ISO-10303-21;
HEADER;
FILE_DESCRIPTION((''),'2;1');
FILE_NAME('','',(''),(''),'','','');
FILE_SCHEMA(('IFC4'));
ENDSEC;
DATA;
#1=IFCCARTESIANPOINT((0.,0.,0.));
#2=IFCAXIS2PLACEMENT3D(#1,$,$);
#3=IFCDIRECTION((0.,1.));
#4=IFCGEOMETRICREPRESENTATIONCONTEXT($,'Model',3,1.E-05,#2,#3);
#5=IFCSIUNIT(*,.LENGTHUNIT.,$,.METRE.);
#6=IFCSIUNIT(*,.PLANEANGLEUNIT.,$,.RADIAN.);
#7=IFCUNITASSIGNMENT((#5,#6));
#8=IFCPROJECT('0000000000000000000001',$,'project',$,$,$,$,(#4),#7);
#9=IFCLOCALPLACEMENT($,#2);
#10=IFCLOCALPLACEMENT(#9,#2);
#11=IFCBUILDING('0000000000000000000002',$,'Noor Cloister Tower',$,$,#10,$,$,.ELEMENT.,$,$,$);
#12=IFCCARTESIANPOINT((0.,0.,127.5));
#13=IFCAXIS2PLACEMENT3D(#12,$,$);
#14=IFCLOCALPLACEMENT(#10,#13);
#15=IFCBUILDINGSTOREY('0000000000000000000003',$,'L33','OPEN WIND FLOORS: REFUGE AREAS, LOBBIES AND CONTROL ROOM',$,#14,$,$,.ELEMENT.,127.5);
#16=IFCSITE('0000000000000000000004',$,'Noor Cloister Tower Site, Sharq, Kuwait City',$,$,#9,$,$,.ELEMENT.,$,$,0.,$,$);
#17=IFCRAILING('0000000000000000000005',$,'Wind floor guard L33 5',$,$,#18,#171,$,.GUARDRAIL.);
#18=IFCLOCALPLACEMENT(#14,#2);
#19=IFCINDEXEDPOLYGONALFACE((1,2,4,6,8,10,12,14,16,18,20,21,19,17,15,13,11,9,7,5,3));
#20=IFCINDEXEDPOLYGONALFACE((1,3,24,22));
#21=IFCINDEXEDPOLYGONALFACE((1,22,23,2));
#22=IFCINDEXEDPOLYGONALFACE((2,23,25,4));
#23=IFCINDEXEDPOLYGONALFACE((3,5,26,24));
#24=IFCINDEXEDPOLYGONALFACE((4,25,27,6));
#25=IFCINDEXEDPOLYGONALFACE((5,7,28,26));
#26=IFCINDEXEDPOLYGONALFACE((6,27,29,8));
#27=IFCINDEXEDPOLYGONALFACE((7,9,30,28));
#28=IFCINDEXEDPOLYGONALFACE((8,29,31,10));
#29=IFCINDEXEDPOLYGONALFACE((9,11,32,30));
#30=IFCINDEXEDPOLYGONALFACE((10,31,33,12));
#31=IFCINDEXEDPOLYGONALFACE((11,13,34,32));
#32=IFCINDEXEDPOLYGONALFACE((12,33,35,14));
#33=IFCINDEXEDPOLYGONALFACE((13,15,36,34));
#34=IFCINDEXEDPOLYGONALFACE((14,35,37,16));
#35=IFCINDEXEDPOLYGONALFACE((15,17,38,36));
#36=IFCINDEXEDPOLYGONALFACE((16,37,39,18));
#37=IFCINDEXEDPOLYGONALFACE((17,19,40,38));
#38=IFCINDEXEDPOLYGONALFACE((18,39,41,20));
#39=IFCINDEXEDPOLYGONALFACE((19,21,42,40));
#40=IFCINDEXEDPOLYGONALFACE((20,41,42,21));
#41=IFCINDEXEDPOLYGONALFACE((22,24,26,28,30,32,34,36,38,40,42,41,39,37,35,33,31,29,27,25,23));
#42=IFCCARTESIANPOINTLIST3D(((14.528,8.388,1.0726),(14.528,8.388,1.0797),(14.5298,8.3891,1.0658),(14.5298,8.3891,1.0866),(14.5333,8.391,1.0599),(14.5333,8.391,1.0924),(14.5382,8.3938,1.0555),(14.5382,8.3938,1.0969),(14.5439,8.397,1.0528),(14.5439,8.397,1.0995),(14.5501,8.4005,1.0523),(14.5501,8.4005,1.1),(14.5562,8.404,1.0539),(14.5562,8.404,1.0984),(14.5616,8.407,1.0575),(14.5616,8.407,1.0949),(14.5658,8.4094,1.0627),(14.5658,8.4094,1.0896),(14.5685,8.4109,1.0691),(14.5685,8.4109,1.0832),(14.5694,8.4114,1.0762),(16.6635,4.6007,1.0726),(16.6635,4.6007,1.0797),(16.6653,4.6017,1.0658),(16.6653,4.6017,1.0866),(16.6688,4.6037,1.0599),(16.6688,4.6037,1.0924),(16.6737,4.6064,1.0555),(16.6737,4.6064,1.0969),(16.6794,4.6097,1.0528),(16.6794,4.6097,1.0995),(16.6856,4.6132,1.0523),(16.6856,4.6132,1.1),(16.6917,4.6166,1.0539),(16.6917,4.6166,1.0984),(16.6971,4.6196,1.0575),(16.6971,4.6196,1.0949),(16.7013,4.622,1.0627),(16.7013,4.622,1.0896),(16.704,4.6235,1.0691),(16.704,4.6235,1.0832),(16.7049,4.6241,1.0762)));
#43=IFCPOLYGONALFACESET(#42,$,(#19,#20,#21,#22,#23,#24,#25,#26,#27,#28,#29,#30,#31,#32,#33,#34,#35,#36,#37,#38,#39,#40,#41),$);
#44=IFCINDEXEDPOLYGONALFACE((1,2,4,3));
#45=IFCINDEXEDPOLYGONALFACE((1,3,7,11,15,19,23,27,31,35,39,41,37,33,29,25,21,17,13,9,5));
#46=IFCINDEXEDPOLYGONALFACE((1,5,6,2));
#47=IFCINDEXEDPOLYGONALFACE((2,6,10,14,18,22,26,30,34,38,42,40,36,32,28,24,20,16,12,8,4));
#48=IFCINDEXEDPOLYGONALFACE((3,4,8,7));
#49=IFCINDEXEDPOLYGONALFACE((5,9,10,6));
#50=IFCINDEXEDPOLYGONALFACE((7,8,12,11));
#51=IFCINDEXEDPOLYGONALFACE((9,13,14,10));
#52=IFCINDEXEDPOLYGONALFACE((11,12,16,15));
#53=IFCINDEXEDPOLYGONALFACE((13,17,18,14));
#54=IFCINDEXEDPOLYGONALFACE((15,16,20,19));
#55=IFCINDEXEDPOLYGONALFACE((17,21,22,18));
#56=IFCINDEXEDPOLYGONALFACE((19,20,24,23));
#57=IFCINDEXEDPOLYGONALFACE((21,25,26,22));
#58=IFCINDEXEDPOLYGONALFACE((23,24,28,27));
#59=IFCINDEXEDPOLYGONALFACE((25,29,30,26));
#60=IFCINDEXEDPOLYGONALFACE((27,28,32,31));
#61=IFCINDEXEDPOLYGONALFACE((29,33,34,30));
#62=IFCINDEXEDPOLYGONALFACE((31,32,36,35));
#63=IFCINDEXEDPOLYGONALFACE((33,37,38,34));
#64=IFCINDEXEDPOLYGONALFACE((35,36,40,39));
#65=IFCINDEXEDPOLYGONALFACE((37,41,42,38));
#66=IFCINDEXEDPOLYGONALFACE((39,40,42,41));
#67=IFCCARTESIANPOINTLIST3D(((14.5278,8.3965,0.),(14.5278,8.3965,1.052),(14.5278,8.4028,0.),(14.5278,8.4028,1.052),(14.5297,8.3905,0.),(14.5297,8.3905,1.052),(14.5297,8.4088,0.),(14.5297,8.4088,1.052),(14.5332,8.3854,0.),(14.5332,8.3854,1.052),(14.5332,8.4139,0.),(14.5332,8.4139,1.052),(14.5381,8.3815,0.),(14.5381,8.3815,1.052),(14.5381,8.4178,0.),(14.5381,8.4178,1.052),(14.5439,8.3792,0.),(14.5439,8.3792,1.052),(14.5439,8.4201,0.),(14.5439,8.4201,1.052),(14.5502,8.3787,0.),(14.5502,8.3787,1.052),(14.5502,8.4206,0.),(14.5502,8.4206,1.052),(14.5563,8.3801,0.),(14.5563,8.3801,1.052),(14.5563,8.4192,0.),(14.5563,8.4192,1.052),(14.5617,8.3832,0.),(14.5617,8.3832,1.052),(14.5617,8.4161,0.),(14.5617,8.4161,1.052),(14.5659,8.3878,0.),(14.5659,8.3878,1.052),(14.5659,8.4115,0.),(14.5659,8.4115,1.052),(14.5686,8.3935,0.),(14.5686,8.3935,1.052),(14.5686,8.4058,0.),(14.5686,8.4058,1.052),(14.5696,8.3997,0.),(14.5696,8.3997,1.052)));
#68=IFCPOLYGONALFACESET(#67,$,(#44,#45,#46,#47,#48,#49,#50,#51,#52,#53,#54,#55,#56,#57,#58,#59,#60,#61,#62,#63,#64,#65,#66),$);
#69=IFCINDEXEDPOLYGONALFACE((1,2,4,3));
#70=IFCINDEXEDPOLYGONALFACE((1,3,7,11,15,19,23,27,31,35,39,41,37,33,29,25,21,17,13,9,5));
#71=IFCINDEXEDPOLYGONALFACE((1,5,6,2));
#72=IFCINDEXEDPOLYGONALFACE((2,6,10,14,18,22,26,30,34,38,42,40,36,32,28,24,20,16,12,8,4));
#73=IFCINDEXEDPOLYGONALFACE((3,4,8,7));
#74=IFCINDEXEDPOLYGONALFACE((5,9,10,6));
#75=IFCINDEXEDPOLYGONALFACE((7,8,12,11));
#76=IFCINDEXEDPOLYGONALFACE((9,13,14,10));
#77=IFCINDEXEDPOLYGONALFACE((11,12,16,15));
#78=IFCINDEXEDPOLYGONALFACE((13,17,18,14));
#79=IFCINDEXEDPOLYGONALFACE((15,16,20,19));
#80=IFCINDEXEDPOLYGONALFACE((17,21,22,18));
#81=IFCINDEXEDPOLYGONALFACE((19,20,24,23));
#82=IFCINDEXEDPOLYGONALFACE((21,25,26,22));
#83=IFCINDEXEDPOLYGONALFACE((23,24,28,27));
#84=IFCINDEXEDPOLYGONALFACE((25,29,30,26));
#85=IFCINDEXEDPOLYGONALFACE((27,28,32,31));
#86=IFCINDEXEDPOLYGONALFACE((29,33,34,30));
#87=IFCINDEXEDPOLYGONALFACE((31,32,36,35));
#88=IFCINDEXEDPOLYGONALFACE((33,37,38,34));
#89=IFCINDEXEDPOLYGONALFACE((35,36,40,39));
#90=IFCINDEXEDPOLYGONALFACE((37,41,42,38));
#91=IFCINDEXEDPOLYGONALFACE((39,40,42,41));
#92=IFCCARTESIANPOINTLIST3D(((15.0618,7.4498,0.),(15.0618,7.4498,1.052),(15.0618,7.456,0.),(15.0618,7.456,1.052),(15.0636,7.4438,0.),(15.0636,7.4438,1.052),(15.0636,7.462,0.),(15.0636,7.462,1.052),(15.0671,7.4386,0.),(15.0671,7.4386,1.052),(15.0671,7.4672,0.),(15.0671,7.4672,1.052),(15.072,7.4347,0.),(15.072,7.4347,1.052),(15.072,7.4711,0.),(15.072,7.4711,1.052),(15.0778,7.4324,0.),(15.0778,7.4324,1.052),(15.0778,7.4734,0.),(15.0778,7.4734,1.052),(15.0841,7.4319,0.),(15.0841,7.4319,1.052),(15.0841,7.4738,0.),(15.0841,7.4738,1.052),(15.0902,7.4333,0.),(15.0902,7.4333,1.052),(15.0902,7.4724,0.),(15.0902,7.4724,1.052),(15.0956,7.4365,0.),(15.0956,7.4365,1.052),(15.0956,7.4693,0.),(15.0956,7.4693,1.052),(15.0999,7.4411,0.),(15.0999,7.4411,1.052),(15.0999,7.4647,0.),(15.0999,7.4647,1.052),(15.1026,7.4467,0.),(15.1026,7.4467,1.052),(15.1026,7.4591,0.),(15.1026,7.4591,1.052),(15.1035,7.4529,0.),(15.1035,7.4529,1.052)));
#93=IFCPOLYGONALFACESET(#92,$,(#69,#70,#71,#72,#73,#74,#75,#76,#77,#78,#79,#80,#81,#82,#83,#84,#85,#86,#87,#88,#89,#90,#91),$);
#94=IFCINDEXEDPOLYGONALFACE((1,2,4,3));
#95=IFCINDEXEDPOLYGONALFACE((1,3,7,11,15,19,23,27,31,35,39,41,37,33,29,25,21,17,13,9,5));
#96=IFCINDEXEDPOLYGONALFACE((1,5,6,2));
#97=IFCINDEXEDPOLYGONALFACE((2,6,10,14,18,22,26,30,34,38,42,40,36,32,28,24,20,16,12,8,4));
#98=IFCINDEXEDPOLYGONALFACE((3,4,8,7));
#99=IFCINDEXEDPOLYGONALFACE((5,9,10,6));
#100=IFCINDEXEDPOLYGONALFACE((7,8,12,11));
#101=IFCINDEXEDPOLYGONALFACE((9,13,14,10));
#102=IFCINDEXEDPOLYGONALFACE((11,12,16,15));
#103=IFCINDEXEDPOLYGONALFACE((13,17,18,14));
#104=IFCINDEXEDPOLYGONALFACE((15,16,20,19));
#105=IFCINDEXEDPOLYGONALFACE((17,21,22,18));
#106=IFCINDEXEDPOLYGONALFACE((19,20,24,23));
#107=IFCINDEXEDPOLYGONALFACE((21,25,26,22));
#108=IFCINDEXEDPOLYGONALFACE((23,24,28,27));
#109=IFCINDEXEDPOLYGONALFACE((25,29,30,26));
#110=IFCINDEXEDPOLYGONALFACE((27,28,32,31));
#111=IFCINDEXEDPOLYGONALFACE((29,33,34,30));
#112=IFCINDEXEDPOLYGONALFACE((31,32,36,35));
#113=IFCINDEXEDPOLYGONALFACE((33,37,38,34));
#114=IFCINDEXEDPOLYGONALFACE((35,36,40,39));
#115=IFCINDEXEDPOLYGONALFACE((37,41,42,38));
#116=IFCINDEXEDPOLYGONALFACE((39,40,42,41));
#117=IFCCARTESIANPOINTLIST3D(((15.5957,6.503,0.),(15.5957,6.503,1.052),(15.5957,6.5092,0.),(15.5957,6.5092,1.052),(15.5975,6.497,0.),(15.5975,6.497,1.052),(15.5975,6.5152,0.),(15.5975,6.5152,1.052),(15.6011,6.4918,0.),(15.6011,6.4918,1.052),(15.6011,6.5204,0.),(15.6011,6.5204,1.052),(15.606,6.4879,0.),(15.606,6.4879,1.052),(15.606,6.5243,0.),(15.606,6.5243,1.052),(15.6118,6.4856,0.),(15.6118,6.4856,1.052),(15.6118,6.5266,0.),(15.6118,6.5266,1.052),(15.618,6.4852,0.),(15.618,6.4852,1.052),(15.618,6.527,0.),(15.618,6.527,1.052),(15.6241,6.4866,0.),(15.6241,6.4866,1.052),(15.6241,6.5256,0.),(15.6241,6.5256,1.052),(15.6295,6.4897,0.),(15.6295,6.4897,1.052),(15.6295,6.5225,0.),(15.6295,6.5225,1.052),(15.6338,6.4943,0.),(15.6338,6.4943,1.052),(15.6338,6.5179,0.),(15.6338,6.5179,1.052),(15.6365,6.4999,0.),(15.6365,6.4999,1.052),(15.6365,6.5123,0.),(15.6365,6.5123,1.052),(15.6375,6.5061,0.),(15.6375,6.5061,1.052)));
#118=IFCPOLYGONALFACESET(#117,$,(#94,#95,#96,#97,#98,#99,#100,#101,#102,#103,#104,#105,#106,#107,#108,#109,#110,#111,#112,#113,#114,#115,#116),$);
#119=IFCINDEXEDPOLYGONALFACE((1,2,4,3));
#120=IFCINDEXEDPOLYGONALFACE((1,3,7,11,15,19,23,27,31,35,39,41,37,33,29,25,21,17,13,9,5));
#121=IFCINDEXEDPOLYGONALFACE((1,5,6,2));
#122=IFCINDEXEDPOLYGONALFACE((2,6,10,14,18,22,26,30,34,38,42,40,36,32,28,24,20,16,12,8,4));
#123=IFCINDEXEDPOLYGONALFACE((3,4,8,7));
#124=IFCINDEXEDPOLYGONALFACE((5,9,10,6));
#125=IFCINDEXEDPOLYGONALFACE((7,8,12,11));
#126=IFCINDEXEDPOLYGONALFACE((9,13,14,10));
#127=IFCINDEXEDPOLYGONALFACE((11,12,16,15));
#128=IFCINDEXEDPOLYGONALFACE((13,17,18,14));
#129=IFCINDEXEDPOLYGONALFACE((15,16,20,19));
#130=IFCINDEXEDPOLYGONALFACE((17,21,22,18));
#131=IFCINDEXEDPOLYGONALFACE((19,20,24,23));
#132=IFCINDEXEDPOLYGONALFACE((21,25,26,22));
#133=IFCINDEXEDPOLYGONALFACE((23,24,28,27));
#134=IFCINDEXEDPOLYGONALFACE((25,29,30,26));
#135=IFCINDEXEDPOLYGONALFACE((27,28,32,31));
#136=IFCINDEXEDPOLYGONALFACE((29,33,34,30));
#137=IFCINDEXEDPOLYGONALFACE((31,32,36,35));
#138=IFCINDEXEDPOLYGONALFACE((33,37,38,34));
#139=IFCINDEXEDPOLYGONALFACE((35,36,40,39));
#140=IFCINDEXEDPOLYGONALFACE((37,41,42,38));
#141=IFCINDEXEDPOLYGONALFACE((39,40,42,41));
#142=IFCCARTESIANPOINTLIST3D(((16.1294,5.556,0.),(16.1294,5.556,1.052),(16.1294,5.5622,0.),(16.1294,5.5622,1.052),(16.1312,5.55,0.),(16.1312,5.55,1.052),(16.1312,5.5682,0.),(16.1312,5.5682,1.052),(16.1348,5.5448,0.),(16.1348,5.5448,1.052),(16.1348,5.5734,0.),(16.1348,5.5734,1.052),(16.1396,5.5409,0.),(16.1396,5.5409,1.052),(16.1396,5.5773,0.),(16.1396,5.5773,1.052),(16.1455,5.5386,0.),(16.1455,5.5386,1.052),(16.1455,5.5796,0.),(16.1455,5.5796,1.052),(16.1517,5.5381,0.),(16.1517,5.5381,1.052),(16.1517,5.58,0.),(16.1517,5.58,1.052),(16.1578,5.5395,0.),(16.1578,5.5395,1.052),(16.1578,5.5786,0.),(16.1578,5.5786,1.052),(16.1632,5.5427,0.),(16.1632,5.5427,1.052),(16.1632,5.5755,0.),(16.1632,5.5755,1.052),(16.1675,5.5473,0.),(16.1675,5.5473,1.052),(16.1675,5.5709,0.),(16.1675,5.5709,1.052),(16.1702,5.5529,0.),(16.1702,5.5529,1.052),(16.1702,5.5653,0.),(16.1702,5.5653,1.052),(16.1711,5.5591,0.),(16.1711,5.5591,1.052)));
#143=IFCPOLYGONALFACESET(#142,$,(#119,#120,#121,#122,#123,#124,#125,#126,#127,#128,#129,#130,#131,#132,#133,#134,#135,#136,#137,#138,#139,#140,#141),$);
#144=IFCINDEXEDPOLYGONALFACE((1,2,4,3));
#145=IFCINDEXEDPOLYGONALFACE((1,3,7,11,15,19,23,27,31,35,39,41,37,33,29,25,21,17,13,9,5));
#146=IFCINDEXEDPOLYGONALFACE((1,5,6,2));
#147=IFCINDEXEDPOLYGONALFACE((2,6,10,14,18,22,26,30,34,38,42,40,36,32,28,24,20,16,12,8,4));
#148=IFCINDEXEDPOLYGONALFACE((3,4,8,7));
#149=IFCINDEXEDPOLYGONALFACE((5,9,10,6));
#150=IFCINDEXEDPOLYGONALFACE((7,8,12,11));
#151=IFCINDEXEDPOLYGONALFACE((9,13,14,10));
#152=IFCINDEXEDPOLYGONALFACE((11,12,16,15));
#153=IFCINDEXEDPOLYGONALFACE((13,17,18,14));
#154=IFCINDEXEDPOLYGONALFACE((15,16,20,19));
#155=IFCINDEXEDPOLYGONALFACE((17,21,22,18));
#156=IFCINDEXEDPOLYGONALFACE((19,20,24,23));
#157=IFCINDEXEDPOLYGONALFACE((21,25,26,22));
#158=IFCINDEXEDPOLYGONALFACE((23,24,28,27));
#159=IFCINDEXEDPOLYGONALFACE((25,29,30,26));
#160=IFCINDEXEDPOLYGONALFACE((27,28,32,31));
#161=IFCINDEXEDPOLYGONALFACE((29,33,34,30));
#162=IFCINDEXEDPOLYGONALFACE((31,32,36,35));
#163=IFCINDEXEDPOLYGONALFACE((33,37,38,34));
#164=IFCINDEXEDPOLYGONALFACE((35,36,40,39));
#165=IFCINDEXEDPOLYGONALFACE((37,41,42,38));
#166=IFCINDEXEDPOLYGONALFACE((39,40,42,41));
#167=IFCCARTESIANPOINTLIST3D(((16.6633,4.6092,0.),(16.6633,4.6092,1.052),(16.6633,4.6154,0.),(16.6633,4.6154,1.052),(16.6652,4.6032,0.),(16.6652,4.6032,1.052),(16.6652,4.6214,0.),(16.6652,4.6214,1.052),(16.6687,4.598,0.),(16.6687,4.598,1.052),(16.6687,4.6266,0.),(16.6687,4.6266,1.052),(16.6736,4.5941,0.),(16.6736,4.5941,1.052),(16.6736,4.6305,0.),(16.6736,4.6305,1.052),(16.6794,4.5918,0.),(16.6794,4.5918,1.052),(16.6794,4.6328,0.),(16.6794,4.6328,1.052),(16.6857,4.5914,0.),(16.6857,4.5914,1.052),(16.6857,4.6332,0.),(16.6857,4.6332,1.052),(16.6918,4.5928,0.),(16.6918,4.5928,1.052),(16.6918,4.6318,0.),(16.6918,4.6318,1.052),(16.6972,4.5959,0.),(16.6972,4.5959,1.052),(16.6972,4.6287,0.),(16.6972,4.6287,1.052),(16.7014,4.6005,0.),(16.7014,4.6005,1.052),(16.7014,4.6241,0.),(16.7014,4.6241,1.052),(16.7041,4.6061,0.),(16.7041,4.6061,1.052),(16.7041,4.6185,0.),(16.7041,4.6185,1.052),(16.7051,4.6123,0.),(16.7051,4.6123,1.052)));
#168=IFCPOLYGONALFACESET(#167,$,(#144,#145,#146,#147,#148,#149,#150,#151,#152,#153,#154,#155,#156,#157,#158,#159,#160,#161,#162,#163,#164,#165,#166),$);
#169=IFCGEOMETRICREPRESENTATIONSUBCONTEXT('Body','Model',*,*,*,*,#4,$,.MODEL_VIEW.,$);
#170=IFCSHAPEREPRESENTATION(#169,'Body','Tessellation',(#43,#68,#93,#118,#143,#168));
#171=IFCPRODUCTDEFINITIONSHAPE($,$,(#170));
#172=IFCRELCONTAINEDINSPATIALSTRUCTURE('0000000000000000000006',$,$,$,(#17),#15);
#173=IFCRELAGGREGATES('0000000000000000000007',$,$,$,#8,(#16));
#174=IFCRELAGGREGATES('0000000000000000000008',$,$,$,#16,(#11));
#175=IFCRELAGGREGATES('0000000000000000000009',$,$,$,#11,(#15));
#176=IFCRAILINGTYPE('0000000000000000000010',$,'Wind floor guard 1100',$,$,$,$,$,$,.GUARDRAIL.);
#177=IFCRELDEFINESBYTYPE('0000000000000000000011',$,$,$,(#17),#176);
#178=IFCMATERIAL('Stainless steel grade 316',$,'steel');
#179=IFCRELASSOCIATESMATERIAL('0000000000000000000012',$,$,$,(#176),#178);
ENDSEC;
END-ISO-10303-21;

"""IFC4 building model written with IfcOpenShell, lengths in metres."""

from ifc_helpers import new_model, si_unit, direction, frame, origin, origin_2d, place, context, subcontext, project, spatial, circle, extrude, material, type_object, element, save


model = new_model("IFC4")

# Units and contexts
model_context = context("Model", 3, precision=1e-05, world=origin(), true_north=direction((0.0, 1.0)))
body_context = subcontext(model_context, "Body", "Model", "MODEL_VIEW")
ifc_project = project(units=[si_unit("LENGTHUNIT", "METRE"), si_unit("PLANEANGLEUNIT", "RADIAN")], contexts=[model_context])

# Site, building, storey
site_placement = place(None, origin())
site = spatial("IfcSite", under=ifc_project, at=site_placement, Name="Noor Cloister Tower Site, Sharq, Kuwait City", CompositionType="ELEMENT", RefElevation=0.0)
building_placement = place(site_placement, origin())
building = spatial("IfcBuilding", under=site, at=building_placement, Name="Noor Cloister Tower", CompositionType="ELEMENT")
storey_placement = place(building_placement, frame((0.0, 0.0, 127.5)))
storey = spatial("IfcBuildingStorey", under=building, at=storey_placement, Name="L33", Description="OPEN WIND FLOORS: REFUGE AREAS, LOBBIES AND CONTROL ROOM", CompositionType="ELEMENT", Elevation=127.5)

# Railing
ifc_material_1 = material(Name="Stainless steel grade 316", Category="steel")
railing_type = type_object("IfcRailingType", Name="Wind floor guard 1100", PredefinedType="GUARDRAIL", material=ifc_material_1)
railing_1_placement = place(storey_placement, frame((14.5486, 8.3997, 0.0)))
element("IfcRailing", 1, at=railing_1_placement, inside=storey, type_object=railing_type, Name="Wind floor guard L33 5", PredefinedType="GUARDRAIL", context=body_context, shape_type="SweptSolid", body=[
    extrude(circle(Radius=0.0239, at=origin_2d()), frame((0.0, 0.0, 1.0762), z_axis=(0.491154, -0.871073, 0.0), x_axis=(0.871073, 0.491154, 0.0)), (0.0, 0.0, 1.0), 4.3479),
    extrude(circle(Radius=0.021, at=origin_2d()), origin(), (0.0, 0.0, 1.0), 1.052),
    extrude(circle(Radius=0.021, at=origin_2d()), frame((0.5339, -0.9468, 0.0)), (0.0, 0.0, 1.0), 1.052),
    extrude(circle(Radius=0.021, at=origin_2d()), frame((1.0679, -1.8936, 0.0)), (0.0, 0.0, 1.0), 1.052),
    extrude(circle(Radius=0.021, at=origin_2d()), frame((1.6016, -2.8406, 0.0)), (0.0, 0.0, 1.0), 1.052),
    extrude(circle(Radius=0.021, at=origin_2d()), frame((2.1355, -3.7874, 0.0)), (0.0, 0.0, 1.0), 1.052),
])

save(model, "model.ifc")
